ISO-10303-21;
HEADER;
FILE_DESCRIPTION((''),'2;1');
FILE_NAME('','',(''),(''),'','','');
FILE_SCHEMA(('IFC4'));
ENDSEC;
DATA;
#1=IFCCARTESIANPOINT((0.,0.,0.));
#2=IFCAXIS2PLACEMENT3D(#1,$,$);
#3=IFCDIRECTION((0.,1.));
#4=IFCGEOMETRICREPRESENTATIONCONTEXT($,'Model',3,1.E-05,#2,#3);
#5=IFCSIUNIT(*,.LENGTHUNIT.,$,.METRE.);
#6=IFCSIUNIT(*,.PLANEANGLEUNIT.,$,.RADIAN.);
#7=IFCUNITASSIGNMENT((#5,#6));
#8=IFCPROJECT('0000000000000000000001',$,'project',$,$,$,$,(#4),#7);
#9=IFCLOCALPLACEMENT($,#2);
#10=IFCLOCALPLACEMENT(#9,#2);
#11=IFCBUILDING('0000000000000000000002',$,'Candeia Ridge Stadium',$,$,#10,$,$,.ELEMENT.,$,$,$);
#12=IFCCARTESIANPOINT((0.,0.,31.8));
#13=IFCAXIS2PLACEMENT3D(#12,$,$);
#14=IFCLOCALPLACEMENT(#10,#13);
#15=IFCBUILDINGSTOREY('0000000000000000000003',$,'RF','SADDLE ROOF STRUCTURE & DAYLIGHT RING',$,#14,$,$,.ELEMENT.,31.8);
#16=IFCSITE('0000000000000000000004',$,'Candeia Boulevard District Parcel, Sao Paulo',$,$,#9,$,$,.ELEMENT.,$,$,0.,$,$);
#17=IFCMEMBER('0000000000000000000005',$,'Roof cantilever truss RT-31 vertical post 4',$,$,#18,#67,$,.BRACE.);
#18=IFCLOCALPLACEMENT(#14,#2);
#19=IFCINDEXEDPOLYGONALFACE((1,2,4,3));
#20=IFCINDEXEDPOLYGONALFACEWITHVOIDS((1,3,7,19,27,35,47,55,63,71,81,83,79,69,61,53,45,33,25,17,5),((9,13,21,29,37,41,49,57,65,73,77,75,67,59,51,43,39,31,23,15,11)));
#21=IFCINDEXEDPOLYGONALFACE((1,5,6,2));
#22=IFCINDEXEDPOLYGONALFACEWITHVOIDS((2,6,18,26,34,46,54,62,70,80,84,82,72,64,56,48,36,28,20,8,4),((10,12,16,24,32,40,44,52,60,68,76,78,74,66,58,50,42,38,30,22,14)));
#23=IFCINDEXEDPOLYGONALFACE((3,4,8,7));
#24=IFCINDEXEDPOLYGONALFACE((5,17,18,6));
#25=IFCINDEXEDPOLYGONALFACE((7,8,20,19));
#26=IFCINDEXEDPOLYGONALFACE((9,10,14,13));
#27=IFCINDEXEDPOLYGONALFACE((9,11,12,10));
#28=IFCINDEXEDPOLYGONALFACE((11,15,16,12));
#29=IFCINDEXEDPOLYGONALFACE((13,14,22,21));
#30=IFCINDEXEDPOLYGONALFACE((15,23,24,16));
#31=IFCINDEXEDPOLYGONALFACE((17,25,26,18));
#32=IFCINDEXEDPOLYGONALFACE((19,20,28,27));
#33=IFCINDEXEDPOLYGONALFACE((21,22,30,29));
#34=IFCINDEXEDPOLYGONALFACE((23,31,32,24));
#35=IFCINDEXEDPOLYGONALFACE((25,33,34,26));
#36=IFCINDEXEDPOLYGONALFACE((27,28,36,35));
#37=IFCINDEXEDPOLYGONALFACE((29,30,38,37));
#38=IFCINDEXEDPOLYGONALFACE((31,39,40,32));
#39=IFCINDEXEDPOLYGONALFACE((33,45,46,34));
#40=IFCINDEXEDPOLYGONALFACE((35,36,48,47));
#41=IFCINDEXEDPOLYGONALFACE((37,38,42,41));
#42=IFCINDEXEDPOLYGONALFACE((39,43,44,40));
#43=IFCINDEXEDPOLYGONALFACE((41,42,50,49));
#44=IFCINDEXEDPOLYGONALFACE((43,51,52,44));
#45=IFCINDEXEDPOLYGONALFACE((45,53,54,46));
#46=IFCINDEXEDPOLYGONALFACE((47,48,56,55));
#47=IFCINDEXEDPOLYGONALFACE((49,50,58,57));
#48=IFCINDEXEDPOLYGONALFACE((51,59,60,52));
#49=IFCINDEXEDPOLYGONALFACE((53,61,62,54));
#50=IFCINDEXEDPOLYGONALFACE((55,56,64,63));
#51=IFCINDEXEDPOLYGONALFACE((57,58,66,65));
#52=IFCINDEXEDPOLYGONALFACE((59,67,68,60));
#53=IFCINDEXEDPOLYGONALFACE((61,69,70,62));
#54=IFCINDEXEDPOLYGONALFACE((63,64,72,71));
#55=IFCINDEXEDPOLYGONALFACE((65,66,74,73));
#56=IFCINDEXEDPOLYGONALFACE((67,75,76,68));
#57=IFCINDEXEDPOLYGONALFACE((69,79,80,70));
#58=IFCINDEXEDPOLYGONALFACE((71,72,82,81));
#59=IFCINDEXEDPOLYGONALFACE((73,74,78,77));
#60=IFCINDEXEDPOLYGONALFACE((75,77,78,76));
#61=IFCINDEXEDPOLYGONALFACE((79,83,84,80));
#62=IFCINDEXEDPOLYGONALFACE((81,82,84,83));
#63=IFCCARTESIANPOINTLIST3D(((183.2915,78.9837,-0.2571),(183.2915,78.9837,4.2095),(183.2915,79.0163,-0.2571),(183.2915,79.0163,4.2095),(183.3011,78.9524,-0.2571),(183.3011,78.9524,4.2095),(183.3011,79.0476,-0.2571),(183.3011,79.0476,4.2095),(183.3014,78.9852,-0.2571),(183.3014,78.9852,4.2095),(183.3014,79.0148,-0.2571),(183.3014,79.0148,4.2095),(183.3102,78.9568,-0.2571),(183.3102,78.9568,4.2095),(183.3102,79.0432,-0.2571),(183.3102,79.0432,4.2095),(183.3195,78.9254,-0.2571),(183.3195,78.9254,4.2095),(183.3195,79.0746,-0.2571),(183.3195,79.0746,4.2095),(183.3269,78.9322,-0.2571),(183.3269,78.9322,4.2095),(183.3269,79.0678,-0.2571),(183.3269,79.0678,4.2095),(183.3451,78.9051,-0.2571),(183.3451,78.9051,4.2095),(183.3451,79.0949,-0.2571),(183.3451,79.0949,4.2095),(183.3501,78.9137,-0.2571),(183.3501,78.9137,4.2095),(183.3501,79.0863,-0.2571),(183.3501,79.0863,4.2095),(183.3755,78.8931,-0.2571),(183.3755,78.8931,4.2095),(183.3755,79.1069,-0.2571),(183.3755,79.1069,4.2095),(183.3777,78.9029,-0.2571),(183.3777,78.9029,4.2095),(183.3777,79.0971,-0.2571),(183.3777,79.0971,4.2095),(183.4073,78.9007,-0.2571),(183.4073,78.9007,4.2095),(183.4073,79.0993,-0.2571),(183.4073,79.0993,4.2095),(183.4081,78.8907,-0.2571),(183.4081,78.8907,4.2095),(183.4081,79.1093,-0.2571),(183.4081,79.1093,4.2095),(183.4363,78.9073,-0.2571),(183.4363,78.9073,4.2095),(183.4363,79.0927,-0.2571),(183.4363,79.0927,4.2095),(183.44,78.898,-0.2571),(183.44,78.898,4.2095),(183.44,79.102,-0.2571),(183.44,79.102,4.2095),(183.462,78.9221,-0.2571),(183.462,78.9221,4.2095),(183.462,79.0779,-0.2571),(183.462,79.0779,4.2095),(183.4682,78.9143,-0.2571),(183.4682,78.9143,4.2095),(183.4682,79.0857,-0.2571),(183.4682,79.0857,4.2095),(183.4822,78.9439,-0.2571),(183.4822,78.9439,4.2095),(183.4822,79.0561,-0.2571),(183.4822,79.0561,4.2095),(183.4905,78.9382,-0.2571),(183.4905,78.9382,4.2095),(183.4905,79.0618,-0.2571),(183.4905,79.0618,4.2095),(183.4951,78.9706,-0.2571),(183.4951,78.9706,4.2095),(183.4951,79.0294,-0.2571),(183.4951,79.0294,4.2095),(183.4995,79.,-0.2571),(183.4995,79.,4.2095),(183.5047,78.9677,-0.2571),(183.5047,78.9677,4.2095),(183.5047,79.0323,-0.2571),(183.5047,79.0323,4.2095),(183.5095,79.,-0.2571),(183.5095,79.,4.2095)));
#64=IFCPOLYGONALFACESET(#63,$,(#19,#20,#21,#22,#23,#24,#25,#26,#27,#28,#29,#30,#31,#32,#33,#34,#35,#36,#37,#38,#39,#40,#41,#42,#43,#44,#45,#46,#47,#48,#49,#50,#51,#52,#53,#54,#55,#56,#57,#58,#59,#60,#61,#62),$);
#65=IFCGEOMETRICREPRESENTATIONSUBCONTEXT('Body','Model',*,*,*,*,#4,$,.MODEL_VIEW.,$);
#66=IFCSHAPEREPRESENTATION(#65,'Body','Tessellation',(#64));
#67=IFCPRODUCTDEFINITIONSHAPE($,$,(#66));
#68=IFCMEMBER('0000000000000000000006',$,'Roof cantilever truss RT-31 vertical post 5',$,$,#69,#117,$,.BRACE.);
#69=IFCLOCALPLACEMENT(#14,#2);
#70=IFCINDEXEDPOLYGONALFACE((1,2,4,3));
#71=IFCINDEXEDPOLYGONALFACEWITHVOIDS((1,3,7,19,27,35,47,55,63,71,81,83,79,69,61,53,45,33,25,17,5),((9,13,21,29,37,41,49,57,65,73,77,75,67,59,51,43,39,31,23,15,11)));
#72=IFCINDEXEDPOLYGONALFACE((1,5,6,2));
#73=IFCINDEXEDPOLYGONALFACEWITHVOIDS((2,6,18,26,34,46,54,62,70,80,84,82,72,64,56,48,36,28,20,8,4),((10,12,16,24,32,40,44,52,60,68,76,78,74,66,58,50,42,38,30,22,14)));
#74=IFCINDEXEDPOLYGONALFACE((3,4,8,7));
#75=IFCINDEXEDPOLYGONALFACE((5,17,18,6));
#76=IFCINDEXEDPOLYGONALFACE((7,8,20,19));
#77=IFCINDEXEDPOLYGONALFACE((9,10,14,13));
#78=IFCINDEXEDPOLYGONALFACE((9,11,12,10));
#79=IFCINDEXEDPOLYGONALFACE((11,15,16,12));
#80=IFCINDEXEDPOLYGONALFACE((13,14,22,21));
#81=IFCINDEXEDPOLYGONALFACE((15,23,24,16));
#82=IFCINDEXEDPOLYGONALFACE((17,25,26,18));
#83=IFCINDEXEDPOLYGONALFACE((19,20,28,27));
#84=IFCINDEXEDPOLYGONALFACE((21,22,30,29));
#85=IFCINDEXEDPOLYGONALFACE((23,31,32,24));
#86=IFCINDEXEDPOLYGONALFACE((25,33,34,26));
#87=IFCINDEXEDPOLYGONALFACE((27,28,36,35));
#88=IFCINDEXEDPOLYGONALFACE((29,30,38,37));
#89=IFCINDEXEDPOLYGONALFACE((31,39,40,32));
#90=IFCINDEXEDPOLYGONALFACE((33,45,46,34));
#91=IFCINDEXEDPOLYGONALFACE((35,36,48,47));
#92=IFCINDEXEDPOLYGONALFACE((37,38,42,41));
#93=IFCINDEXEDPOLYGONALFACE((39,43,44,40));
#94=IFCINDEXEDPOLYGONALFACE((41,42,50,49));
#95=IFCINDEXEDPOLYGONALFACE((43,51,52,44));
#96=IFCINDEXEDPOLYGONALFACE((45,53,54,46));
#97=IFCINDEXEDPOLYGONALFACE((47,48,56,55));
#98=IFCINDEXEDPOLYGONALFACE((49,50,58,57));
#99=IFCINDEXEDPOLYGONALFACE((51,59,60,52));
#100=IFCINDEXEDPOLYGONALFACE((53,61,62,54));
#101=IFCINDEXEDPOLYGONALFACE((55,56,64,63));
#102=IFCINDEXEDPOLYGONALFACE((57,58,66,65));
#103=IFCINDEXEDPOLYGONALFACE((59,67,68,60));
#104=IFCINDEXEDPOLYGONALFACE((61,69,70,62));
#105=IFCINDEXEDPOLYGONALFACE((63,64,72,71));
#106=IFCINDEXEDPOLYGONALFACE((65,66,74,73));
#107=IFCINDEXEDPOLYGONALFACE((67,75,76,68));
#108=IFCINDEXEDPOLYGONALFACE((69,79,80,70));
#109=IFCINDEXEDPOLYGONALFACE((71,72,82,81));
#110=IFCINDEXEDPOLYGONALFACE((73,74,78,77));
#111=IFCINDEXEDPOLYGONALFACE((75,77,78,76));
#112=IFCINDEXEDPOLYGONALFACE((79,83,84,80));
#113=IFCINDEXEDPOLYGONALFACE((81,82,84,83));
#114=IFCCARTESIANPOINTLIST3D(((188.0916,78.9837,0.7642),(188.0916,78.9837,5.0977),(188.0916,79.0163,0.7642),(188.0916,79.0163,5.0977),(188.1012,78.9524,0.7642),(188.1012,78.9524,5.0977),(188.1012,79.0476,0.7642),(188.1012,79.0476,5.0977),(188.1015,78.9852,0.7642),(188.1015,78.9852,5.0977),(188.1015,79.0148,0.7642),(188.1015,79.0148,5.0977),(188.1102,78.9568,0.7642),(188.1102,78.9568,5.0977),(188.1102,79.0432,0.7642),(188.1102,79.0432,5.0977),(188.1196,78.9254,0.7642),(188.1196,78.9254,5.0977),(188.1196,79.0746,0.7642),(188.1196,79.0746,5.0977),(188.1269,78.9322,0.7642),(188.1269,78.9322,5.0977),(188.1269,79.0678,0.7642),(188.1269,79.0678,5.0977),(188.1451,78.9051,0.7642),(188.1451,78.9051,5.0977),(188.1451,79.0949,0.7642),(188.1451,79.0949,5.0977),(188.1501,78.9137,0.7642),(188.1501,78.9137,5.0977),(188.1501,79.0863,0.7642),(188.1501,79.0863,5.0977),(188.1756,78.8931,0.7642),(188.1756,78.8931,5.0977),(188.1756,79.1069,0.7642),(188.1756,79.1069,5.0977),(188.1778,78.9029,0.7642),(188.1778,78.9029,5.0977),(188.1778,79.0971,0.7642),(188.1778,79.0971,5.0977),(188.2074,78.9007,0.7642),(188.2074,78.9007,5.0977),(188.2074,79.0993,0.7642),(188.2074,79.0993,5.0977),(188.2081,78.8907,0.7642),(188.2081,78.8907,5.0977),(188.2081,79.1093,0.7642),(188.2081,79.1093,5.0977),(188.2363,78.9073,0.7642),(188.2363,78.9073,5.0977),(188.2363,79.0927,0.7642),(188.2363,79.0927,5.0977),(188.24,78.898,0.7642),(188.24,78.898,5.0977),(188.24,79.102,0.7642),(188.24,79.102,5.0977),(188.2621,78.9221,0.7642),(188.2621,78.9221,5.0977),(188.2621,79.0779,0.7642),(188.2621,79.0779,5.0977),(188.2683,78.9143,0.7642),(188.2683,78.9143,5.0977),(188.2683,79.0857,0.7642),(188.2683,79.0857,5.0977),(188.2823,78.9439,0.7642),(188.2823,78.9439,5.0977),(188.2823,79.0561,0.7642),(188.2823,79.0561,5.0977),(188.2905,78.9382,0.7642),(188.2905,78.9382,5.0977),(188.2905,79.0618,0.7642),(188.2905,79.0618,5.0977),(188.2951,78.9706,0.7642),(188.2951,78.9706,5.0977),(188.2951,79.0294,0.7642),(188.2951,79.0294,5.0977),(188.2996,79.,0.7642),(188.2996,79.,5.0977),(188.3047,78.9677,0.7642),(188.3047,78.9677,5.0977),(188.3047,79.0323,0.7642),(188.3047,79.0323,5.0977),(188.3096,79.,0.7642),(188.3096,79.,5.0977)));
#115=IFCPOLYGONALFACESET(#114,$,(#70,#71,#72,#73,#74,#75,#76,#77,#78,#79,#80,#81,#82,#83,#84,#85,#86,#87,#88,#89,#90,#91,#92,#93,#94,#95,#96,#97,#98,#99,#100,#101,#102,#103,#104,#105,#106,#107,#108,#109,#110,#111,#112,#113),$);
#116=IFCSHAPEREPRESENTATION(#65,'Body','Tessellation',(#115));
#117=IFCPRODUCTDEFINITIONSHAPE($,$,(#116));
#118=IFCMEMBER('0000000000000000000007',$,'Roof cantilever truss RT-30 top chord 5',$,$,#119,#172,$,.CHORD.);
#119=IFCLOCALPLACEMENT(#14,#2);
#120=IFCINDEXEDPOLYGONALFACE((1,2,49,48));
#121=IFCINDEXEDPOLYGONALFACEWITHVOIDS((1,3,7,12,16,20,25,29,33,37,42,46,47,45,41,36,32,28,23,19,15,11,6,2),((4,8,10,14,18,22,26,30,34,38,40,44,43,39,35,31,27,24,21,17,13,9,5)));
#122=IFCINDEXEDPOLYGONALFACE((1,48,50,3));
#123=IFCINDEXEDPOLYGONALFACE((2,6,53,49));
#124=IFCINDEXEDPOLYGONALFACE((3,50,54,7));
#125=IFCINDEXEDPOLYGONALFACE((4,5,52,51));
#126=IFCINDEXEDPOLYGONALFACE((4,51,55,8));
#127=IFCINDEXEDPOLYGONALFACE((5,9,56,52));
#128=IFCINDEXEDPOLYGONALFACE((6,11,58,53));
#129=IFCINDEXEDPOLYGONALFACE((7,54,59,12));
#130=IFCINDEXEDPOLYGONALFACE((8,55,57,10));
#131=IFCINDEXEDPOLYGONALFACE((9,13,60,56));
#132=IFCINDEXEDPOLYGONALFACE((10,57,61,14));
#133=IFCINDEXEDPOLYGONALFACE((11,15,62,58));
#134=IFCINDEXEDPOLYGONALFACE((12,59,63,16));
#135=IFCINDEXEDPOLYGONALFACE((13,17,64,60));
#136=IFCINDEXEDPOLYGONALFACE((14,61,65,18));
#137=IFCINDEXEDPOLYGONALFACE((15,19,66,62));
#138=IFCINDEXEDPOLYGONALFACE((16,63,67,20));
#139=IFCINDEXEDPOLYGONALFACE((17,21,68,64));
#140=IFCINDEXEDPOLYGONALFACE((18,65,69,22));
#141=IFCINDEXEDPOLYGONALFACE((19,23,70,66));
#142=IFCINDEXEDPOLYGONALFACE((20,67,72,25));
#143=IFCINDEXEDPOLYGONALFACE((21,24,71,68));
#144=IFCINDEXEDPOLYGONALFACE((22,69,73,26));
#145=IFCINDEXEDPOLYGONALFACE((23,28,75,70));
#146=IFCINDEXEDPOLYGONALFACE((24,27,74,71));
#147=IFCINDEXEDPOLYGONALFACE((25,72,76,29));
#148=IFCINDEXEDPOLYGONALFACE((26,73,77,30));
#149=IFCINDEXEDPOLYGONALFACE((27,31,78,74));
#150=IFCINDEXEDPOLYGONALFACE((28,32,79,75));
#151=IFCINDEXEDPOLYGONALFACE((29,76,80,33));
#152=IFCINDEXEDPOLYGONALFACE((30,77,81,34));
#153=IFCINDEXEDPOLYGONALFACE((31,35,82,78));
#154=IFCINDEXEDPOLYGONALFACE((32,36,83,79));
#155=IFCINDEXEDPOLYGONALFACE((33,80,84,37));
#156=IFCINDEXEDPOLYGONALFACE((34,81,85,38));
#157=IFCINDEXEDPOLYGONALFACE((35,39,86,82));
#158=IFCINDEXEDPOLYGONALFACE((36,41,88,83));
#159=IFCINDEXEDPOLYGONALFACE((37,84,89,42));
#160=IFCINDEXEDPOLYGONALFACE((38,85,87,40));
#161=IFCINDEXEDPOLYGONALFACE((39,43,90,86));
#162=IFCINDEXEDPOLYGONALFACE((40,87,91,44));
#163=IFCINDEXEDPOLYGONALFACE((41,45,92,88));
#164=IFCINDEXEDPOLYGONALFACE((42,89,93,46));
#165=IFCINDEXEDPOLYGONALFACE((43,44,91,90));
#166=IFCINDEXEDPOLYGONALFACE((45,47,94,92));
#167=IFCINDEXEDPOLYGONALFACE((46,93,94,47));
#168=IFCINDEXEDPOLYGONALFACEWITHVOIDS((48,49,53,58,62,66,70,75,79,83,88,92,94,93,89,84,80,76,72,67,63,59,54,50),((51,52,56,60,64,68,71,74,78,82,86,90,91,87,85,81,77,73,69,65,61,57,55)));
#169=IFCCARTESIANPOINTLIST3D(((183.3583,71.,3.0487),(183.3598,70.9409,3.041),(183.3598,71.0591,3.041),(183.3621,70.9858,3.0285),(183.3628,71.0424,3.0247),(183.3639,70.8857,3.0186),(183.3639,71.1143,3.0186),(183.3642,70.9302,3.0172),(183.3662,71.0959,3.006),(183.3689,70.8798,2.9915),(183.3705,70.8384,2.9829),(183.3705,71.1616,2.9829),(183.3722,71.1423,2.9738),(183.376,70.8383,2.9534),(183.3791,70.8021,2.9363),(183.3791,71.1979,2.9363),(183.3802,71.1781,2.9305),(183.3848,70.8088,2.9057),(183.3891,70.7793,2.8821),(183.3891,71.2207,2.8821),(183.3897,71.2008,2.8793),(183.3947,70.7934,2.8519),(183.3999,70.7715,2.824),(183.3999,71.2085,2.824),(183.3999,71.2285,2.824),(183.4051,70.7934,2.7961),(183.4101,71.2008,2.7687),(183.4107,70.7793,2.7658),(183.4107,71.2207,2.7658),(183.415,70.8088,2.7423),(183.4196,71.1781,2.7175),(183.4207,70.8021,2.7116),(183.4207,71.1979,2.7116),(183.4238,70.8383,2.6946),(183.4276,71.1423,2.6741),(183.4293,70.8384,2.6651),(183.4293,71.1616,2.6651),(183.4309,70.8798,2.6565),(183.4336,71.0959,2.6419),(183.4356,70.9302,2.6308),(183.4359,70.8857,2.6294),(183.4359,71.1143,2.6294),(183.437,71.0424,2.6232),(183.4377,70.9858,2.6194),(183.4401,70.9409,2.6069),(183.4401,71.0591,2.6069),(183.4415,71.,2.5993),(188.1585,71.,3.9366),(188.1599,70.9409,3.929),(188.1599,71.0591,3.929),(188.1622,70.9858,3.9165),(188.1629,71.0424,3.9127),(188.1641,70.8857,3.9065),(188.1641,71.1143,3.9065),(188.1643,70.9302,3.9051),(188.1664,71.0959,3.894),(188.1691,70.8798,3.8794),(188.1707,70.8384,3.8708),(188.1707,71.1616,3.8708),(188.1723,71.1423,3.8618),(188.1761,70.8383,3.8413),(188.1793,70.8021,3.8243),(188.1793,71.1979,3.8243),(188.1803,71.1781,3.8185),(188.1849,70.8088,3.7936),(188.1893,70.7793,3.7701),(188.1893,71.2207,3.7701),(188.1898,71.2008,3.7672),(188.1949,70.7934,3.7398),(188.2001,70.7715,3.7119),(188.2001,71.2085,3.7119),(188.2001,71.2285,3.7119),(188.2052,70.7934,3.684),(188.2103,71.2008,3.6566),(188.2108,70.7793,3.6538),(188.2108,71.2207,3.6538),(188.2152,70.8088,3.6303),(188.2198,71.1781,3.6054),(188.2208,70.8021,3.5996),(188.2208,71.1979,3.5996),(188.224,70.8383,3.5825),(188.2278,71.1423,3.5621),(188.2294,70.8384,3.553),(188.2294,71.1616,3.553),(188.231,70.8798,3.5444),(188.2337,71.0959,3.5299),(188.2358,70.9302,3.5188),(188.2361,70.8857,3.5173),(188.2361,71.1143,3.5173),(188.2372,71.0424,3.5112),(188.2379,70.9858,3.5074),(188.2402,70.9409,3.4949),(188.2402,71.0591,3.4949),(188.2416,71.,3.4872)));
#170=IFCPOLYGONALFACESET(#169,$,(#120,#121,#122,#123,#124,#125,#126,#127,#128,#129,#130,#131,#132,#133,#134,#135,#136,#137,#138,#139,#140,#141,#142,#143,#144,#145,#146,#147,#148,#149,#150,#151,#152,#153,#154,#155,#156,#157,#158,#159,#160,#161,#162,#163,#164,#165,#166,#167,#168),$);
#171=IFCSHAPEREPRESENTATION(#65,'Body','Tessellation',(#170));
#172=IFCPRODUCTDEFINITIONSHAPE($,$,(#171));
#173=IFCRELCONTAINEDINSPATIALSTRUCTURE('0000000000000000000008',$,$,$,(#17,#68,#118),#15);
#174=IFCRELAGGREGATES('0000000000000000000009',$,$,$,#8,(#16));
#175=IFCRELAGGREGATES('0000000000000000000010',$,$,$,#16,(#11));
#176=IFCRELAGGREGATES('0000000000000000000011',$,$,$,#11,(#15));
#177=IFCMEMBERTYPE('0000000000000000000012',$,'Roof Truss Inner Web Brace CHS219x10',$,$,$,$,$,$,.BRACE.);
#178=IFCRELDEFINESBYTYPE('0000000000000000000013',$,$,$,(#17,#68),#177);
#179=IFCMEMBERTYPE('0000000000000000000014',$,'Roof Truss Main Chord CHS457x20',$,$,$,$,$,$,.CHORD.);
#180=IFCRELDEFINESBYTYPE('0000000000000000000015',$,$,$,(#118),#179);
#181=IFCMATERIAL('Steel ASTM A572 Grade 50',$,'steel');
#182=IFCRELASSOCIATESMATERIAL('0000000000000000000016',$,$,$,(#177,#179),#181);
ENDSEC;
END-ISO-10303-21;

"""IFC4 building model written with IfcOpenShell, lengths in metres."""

from ifc_helpers import new_model, si_unit, direction, frame, origin, origin_2d, place, context, subcontext, project, spatial, hollow_circle, extrude, material, material_profile, profile_set, type_object, element, save


model = new_model("IFC4")

# Units and contexts
model_context = context("Model", 3, precision=1e-05, world=origin(), true_north=direction((0.0, 1.0)))
body_context = subcontext(model_context, "Body", "Model", "MODEL_VIEW")
ifc_project = project(units=[si_unit("LENGTHUNIT", "METRE"), si_unit("PLANEANGLEUNIT", "RADIAN")], contexts=[model_context])

# Site, building, storey
site_placement = place(None, origin())
site = spatial("IfcSite", under=ifc_project, at=site_placement, Name="Candeia Boulevard District Parcel, Sao Paulo", CompositionType="ELEMENT", RefElevation=0.0)
building_placement = place(site_placement, origin())
building = spatial("IfcBuilding", under=site, at=building_placement, Name="Candeia Ridge Stadium", CompositionType="ELEMENT")
storey_placement = place(building_placement, frame((0.0, 0.0, 31.8)))
storey = spatial("IfcBuildingStorey", under=building, at=storey_placement, Name="RF", Description="SADDLE ROOF STRUCTURE & DAYLIGHT RING", CompositionType="ELEMENT", Elevation=31.8)

# Shared definitions
ifc_material_1 = material(Name="Steel ASTM A572 Grade 50", Category="steel")

# Members
ifc_material_profile_1 = material_profile(ifc_material_1, hollow_circle(Radius=0.1096, WallThickness=0.01, at=origin_2d()), Name="CHS219x10", Category="steel")
ifc_profile_set_1 = profile_set([ifc_material_profile_1], Name="Steel ASTM A572 Grade 50")
member_type_1 = type_object("IfcMemberType", Name="Roof Truss Inner Web Brace CHS219x10", PredefinedType="BRACE", material=ifc_profile_set_1)
member_1_placement = place(storey_placement, frame((183.3999, 79.0, -0.2571), z_axis=(0.0, 0.0, 1.0), x_axis=(1.0, 0.0, 0.0)))
element("IfcMember", 1, at=member_1_placement, inside=storey, type_object=member_type_1, Name="Roof cantilever truss RT-31 vertical post 4", PredefinedType="BRACE", context=body_context, shape_type="SweptSolid", body=[
    extrude(hollow_circle(Radius=0.1096, WallThickness=0.01, at=origin_2d()), origin(), (0.0, 0.0, 1.0), 4.4666),
])
member_2_placement = place(storey_placement, frame((188.2, 79.0, 0.7642), z_axis=(0.0, 0.0, 1.0), x_axis=(1.0, 0.0, 0.0)))
element("IfcMember", 2, at=member_2_placement, inside=storey, type_object=member_type_1, Name="Roof cantilever truss RT-31 vertical post 5", PredefinedType="BRACE", context=body_context, shape_type="SweptSolid", body=[
    extrude(hollow_circle(Radius=0.1096, WallThickness=0.01, at=origin_2d()), origin(), (0.0, 0.0, 1.0), 4.3335),
])
ifc_material_profile_2 = material_profile(ifc_material_1, hollow_circle(Radius=0.2285, WallThickness=0.02, at=origin_2d()), Name="CHS457x20", Category="steel")
ifc_profile_set_2 = profile_set([ifc_material_profile_2], Name="Steel ASTM A572 Grade 50")
member_type_2 = type_object("IfcMemberType", Name="Roof Truss Main Chord CHS457x20", PredefinedType="CHORD", material=ifc_profile_set_2)
for number, where, z_axis, x_axis, name in (
    (3, (183.3999, 71.0, 2.824), (0.983317, 0.0, 0.181899), (0.0, 1.0, 0.0), "Roof cantilever truss RT-30 top chord 5"),
):
    element("IfcMember", number, at=place(storey_placement, frame(where, z_axis=z_axis, x_axis=x_axis)), inside=storey, type_object=member_type_2, Name=name, PredefinedType="CHORD", context=body_context, shape_type="SweptSolid", body=[
        extrude(hollow_circle(Radius=0.2285, WallThickness=0.02, at=origin_2d()), origin(), (0.0, 0.0, 1.0), 4.8816),
    ])

save(model, "model.ifc")
